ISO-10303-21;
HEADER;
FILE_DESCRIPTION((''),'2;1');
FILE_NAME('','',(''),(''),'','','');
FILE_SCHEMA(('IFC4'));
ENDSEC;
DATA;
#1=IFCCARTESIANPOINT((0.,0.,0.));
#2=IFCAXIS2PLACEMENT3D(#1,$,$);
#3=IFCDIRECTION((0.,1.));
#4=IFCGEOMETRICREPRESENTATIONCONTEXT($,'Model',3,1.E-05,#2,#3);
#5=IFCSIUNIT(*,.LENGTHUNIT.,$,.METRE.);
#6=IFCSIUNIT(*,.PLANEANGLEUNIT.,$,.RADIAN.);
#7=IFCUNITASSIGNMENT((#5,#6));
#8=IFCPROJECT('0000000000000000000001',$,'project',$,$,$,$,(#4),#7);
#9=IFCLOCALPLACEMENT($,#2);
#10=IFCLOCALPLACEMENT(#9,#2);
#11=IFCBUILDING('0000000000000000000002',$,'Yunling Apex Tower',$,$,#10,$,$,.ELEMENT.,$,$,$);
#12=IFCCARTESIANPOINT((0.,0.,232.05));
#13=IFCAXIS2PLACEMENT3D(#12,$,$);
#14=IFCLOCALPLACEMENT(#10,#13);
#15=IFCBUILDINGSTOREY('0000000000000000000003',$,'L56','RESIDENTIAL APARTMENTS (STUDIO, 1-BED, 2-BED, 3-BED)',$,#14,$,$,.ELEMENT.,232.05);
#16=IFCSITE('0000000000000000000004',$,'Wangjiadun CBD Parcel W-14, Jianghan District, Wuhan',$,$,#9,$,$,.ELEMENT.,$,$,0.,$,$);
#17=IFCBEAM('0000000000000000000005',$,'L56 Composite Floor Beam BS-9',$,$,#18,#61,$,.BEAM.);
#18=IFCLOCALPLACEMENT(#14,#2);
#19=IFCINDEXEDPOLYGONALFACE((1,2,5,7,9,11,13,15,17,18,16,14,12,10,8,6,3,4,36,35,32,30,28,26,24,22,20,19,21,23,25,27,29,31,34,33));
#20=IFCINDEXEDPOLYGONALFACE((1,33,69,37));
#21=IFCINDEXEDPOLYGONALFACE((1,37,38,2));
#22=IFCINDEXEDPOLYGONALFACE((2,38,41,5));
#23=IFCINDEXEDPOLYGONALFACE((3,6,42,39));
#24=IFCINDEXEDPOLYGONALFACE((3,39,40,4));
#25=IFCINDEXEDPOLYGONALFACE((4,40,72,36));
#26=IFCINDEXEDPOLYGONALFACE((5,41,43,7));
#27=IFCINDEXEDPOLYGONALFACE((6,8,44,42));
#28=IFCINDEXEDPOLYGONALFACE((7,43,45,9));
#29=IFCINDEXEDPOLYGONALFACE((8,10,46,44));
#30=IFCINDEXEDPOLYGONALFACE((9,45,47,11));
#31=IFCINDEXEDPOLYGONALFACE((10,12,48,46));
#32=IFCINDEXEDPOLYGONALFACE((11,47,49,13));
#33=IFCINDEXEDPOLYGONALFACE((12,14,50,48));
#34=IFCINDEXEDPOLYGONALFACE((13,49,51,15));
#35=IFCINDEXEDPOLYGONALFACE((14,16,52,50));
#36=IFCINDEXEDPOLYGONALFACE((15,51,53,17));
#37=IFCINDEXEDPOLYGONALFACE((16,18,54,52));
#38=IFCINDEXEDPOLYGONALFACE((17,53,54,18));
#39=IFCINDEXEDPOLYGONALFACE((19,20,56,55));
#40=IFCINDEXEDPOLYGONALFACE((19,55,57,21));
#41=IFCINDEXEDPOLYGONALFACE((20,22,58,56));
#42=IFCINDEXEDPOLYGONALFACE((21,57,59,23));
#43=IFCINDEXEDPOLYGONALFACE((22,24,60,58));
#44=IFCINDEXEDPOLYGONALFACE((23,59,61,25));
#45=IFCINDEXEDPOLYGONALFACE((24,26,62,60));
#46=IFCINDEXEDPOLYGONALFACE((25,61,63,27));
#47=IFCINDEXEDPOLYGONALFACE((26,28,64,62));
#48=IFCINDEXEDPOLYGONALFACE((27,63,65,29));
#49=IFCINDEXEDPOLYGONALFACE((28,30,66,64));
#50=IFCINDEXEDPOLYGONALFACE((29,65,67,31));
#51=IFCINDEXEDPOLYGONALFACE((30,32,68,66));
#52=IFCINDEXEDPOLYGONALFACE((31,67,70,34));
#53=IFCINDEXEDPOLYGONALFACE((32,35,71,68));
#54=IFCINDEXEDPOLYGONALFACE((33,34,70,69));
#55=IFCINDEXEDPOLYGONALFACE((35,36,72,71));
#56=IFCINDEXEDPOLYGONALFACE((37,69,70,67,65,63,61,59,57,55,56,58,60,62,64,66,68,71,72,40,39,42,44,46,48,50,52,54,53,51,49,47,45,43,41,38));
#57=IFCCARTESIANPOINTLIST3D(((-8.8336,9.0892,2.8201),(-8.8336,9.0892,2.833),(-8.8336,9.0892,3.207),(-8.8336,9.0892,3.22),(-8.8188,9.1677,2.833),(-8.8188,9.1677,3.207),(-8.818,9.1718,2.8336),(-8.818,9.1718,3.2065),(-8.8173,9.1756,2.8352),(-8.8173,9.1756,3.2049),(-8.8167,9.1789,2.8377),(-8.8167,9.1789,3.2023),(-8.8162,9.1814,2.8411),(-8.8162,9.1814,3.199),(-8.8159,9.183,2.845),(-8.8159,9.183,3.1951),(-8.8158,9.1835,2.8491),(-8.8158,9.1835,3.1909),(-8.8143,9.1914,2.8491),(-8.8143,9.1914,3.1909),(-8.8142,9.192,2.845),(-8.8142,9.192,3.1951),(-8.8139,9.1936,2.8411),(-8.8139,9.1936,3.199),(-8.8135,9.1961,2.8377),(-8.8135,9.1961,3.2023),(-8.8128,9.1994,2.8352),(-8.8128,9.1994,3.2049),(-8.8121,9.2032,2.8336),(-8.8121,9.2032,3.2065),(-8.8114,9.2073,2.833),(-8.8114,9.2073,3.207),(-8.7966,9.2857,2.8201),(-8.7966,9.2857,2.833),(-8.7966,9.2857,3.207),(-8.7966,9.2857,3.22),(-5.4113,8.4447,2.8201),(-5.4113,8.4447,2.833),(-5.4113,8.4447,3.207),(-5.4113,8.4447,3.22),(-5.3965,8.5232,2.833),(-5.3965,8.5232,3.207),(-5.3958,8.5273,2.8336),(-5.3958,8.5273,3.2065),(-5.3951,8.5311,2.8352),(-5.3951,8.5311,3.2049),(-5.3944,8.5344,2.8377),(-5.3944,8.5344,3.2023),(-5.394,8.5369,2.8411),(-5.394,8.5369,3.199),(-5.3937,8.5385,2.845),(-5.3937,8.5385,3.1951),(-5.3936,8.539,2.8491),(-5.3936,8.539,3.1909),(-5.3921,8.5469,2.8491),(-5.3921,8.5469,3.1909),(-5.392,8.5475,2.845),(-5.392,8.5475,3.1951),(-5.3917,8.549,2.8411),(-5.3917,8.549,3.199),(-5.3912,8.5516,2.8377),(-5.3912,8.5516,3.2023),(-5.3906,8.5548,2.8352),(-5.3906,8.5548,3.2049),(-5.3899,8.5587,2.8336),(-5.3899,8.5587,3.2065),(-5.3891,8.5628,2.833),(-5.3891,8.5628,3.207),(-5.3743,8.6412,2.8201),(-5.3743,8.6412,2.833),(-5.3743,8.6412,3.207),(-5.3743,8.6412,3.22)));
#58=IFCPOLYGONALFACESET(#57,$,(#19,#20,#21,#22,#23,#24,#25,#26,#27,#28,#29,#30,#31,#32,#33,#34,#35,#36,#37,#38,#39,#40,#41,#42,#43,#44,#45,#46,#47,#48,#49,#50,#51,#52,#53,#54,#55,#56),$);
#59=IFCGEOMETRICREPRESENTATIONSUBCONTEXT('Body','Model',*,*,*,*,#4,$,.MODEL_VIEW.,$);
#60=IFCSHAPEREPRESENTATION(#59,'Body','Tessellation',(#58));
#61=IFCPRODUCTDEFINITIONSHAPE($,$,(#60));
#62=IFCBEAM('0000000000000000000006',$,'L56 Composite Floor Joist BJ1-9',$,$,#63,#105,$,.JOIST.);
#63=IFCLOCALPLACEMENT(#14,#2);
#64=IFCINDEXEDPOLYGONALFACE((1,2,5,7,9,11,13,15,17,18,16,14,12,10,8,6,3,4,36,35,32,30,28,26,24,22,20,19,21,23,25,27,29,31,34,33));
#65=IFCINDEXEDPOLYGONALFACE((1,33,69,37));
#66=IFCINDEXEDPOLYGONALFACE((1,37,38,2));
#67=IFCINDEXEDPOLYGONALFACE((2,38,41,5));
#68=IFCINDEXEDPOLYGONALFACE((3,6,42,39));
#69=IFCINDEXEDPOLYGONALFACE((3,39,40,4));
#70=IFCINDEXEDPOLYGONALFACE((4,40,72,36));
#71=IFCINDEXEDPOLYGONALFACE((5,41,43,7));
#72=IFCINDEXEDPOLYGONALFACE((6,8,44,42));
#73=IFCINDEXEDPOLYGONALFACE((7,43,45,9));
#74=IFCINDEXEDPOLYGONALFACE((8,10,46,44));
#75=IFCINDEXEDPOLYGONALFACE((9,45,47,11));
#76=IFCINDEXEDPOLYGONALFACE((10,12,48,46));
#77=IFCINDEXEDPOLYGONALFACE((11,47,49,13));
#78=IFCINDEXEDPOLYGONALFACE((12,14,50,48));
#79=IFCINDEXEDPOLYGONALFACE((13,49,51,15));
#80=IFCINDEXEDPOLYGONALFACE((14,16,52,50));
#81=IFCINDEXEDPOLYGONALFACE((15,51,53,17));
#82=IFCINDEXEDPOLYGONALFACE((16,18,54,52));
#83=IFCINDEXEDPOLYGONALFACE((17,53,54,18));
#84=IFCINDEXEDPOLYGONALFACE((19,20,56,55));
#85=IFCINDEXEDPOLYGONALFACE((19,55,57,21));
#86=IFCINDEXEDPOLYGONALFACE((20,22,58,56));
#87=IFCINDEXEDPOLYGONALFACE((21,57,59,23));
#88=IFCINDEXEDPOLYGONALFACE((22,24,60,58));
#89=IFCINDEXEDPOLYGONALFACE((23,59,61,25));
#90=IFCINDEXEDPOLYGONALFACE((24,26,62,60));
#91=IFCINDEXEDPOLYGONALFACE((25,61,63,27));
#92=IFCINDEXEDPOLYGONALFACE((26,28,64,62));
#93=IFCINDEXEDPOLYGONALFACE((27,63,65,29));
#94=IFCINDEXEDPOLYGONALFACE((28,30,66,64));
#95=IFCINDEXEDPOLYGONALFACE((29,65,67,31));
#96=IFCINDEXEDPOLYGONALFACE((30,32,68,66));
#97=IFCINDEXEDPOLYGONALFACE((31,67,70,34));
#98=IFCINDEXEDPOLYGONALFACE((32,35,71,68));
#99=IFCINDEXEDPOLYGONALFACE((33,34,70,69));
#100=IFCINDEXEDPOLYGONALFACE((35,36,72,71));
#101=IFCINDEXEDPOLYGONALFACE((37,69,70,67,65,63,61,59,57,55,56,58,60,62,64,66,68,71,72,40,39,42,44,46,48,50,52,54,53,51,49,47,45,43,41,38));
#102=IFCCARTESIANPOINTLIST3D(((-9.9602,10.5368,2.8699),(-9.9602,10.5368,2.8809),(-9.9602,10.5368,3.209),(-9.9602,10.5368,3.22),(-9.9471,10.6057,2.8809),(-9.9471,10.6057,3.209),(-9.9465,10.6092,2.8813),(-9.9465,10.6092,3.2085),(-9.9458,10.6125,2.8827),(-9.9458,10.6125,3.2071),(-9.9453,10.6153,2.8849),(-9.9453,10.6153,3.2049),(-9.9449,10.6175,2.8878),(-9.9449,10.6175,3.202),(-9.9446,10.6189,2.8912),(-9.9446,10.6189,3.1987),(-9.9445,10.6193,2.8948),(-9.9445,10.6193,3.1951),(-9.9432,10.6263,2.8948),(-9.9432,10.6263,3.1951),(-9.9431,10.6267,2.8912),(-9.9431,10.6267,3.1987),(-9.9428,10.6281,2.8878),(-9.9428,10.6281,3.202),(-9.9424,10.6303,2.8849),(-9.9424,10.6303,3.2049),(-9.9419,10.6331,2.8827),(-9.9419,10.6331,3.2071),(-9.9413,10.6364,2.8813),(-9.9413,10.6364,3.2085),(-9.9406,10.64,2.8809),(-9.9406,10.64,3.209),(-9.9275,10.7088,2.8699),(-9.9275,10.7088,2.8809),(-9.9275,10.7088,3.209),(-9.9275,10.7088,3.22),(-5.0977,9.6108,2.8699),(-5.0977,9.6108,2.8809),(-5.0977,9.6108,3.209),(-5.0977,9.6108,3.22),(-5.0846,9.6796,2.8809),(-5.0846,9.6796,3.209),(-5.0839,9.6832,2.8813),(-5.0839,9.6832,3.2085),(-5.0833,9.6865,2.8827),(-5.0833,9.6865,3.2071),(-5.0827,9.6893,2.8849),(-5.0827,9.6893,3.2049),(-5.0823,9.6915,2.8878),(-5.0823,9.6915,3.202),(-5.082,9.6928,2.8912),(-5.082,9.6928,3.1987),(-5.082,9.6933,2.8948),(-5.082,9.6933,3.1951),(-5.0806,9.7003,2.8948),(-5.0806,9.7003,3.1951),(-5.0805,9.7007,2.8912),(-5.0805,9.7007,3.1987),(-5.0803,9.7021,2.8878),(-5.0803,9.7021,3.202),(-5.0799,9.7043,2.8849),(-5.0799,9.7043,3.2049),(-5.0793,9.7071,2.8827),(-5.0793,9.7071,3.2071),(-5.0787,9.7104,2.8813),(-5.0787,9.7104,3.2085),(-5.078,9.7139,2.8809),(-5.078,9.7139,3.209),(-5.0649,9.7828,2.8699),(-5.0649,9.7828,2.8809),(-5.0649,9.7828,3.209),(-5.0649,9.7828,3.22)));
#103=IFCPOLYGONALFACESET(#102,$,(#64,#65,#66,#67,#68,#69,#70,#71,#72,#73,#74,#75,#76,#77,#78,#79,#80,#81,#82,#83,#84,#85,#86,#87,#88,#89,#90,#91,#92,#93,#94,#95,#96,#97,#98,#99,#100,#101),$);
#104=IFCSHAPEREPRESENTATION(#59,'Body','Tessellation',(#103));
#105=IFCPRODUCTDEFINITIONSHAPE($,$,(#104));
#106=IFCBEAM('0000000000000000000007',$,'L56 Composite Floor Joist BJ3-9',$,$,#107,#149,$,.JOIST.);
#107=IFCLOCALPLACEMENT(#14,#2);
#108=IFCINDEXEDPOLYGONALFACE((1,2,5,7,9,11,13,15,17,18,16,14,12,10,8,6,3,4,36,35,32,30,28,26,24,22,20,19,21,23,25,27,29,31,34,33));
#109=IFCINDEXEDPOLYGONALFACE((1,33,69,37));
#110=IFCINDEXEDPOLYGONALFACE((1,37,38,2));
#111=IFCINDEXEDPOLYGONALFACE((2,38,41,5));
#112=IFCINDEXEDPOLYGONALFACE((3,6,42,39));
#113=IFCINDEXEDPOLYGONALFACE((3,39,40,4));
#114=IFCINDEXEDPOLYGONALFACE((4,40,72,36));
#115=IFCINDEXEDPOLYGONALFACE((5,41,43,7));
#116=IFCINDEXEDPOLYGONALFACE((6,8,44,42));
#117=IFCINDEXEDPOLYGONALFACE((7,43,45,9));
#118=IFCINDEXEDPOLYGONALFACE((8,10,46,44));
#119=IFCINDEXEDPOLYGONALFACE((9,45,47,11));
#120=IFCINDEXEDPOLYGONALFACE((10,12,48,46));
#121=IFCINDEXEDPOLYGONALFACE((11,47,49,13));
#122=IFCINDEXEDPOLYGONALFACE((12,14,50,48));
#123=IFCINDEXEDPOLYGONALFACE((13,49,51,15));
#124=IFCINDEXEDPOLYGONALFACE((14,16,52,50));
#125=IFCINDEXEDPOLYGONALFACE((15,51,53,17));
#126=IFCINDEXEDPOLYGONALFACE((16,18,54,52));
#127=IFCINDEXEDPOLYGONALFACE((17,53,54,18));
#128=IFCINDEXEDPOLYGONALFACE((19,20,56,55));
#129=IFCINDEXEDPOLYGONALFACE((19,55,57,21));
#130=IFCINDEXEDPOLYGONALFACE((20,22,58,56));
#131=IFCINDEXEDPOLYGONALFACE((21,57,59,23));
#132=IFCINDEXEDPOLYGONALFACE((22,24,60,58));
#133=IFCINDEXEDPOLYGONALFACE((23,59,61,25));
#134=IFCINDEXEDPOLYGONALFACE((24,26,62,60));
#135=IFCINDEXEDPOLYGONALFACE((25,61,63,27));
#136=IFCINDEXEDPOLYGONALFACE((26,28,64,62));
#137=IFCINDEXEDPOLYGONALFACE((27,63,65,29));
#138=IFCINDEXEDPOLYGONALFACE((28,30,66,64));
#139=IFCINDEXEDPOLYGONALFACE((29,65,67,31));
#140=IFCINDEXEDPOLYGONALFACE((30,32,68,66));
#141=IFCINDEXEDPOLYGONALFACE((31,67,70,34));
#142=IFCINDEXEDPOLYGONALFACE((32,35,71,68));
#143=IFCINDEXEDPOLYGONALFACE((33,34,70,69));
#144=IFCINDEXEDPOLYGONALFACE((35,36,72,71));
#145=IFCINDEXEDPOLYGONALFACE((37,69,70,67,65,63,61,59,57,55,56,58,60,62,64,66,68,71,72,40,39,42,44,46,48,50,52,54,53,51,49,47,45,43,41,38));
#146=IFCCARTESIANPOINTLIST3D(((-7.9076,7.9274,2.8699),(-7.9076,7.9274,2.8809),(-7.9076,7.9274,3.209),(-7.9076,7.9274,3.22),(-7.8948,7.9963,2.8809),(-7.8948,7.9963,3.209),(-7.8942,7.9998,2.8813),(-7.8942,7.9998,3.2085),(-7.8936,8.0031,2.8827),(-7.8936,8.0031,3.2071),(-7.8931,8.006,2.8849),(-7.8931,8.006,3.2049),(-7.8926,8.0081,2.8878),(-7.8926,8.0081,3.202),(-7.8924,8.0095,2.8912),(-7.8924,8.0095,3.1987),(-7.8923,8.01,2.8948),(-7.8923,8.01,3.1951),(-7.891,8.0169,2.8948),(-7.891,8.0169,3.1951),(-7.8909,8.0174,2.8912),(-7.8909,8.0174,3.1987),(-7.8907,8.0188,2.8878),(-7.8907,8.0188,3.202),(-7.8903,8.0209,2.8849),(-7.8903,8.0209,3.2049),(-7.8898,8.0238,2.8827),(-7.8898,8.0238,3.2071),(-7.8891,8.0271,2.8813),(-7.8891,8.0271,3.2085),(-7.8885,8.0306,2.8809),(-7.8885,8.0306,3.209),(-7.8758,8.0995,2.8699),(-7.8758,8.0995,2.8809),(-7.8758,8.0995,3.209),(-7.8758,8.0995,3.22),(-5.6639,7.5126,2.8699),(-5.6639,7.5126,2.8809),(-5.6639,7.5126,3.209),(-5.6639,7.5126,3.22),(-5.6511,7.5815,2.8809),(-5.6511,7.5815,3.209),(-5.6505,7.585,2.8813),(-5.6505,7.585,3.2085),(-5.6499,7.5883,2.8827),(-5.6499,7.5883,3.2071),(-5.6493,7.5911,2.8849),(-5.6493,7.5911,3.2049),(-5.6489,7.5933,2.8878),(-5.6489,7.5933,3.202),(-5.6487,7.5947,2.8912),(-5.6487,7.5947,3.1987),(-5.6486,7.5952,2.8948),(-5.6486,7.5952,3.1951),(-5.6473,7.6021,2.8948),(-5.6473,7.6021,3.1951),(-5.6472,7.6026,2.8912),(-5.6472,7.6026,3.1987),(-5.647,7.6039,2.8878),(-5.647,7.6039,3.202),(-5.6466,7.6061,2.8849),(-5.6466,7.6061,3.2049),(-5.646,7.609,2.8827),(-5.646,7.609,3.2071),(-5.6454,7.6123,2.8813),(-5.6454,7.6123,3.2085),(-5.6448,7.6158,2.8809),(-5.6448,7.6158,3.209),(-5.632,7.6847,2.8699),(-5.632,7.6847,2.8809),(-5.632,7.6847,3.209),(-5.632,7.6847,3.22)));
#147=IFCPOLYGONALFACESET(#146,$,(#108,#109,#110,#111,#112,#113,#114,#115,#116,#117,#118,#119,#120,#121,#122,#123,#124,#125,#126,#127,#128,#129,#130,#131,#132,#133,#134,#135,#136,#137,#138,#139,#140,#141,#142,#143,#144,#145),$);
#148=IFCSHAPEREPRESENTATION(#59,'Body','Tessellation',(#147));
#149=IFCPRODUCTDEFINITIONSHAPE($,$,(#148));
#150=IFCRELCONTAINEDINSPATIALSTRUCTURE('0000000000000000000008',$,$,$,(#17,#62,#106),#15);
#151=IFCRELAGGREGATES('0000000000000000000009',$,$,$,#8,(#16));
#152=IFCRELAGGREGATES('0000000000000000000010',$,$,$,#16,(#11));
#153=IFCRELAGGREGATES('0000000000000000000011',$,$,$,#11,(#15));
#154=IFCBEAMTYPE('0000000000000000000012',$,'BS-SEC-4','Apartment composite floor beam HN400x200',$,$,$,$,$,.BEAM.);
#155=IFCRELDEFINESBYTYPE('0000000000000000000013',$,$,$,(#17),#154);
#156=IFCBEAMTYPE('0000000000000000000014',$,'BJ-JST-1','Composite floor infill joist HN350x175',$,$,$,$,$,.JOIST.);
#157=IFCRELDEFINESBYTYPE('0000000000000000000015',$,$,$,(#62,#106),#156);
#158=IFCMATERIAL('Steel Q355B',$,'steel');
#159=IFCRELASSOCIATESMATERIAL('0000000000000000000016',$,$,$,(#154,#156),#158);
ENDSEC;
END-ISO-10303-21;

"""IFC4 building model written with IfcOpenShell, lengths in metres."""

from ifc_helpers import new_model, si_unit, direction, frame, origin, origin_2d, place, context, subcontext, project, spatial, i_section, extrude, source, transform, mapped, material, material_profile, profile_set, type_object, element, save


model = new_model("IFC4")

# Units and contexts
model_context = context("Model", 3, precision=1e-05, world=origin(), true_north=direction((0.0, 1.0)))
body_context = subcontext(model_context, "Body", "Model", "MODEL_VIEW")
ifc_project = project(units=[si_unit("LENGTHUNIT", "METRE"), si_unit("PLANEANGLEUNIT", "RADIAN")], contexts=[model_context])

# Site, building, storey
site_placement = place(None, origin())
site = spatial("IfcSite", under=ifc_project, at=site_placement, Name="Wangjiadun CBD Parcel W-14, Jianghan District, Wuhan", CompositionType="ELEMENT", RefElevation=0.0)
building_placement = place(site_placement, origin())
building = spatial("IfcBuilding", under=site, at=building_placement, Name="Yunling Apex Tower", CompositionType="ELEMENT")
storey_placement = place(building_placement, frame((0.0, 0.0, 232.05)))
storey = spatial("IfcBuildingStorey", under=building, at=storey_placement, Name="L56", Description="RESIDENTIAL APARTMENTS (STUDIO, 1-BED, 2-BED, 3-BED)", CompositionType="ELEMENT", Elevation=232.05)

# Beams
ifc_material_1 = material(Name="Steel Q355B", Category="steel")
ifc_material_profile_1 = material_profile(ifc_material_1, i_section(OverallWidth=0.2, OverallDepth=0.3999, WebThickness=0.0081, FlangeThickness=0.0129, FilletRadius=0.0161, at=origin_2d()))
ifc_profile_set_1 = profile_set([ifc_material_profile_1], Name="Steel Q355B")
beam_type_1 = type_object("IfcBeamType", Name="BS-SEC-4", Description="Apartment composite floor beam HN400x200", PredefinedType="BEAM", material=ifc_profile_set_1)
shared_shape_1 = source(origin(), body_context, "Body", "SweptSolid", [
    extrude(i_section(OverallWidth=0.2, OverallDepth=0.3999, WebThickness=0.0081, FlangeThickness=0.0129, FilletRadius=0.0161, at=origin_2d()), origin(), (0.0, 0.0, 1.0), 3.4824),
])
beam_1_placement = place(storey_placement, frame((-5.3928, 8.543, 3.02), z_axis=(-0.982724, 0.185076, 0.0), x_axis=(-0.185076, -0.982724, 0.0)))
element("IfcBeam", 1, at=beam_1_placement, inside=storey, type_object=beam_type_1, Name="L56 Composite Floor Beam BS-9", PredefinedType="BEAM", context=body_context, shape_type="MappedRepresentation", body=[
    mapped(shared_shape_1, transform((0.0, 0.0, 0.0), scale=1.0)),
])
ifc_material_profile_2 = material_profile(ifc_material_1, i_section(OverallWidth=0.175, OverallDepth=0.3501, WebThickness=0.0071, FlangeThickness=0.011, FilletRadius=0.0139, at=origin_2d()))
ifc_profile_set_2 = profile_set([ifc_material_profile_2], Name="Steel Q355B")
beam_type_2 = type_object("IfcBeamType", Name="BJ-JST-1", Description="Composite floor infill joist HN350x175", PredefinedType="JOIST", material=ifc_profile_set_2)
shared_shape_2 = source(origin(), body_context, "Body", "SweptSolid", [
    extrude(i_section(OverallWidth=0.175, OverallDepth=0.3501, WebThickness=0.0071, FlangeThickness=0.011, FilletRadius=0.0139, at=origin_2d()), origin(), (0.0, 0.0, 1.0), 4.95),
])
beam_2_placement = place(storey_placement, frame((-5.0813, 9.6968, 3.0449), z_axis=(-0.982345, 0.187078, 0.0), x_axis=(-0.187078, -0.982345, 0.0)))
element("IfcBeam", 2, at=beam_2_placement, inside=storey, type_object=beam_type_2, Name="L56 Composite Floor Joist BJ1-9", PredefinedType="JOIST", context=body_context, shape_type="MappedRepresentation", body=[
    mapped(shared_shape_2, transform((0.0, 0.0, 0.0), scale=1.0)),
])
shared_shape_3 = source(origin(), body_context, "Body", "SweptSolid", [
    extrude(i_section(OverallWidth=0.175, OverallDepth=0.3501, WebThickness=0.0071, FlangeThickness=0.011, FilletRadius=0.0139, at=origin_2d()), origin(), (0.0, 0.0, 1.0), 2.2817),
])
beam_3_placement = place(storey_placement, frame((-5.6479, 7.5986, 3.0449), z_axis=(-0.983337, 0.181794, 0.0), x_axis=(-0.181794, -0.983337, 0.0)))
element("IfcBeam", 3, at=beam_3_placement, inside=storey, type_object=beam_type_2, Name="L56 Composite Floor Joist BJ3-9", PredefinedType="JOIST", context=body_context, shape_type="MappedRepresentation", body=[
    mapped(shared_shape_3, transform((0.0, 0.0, 0.0), scale=1.0)),
])

save(model, "model.ifc")
